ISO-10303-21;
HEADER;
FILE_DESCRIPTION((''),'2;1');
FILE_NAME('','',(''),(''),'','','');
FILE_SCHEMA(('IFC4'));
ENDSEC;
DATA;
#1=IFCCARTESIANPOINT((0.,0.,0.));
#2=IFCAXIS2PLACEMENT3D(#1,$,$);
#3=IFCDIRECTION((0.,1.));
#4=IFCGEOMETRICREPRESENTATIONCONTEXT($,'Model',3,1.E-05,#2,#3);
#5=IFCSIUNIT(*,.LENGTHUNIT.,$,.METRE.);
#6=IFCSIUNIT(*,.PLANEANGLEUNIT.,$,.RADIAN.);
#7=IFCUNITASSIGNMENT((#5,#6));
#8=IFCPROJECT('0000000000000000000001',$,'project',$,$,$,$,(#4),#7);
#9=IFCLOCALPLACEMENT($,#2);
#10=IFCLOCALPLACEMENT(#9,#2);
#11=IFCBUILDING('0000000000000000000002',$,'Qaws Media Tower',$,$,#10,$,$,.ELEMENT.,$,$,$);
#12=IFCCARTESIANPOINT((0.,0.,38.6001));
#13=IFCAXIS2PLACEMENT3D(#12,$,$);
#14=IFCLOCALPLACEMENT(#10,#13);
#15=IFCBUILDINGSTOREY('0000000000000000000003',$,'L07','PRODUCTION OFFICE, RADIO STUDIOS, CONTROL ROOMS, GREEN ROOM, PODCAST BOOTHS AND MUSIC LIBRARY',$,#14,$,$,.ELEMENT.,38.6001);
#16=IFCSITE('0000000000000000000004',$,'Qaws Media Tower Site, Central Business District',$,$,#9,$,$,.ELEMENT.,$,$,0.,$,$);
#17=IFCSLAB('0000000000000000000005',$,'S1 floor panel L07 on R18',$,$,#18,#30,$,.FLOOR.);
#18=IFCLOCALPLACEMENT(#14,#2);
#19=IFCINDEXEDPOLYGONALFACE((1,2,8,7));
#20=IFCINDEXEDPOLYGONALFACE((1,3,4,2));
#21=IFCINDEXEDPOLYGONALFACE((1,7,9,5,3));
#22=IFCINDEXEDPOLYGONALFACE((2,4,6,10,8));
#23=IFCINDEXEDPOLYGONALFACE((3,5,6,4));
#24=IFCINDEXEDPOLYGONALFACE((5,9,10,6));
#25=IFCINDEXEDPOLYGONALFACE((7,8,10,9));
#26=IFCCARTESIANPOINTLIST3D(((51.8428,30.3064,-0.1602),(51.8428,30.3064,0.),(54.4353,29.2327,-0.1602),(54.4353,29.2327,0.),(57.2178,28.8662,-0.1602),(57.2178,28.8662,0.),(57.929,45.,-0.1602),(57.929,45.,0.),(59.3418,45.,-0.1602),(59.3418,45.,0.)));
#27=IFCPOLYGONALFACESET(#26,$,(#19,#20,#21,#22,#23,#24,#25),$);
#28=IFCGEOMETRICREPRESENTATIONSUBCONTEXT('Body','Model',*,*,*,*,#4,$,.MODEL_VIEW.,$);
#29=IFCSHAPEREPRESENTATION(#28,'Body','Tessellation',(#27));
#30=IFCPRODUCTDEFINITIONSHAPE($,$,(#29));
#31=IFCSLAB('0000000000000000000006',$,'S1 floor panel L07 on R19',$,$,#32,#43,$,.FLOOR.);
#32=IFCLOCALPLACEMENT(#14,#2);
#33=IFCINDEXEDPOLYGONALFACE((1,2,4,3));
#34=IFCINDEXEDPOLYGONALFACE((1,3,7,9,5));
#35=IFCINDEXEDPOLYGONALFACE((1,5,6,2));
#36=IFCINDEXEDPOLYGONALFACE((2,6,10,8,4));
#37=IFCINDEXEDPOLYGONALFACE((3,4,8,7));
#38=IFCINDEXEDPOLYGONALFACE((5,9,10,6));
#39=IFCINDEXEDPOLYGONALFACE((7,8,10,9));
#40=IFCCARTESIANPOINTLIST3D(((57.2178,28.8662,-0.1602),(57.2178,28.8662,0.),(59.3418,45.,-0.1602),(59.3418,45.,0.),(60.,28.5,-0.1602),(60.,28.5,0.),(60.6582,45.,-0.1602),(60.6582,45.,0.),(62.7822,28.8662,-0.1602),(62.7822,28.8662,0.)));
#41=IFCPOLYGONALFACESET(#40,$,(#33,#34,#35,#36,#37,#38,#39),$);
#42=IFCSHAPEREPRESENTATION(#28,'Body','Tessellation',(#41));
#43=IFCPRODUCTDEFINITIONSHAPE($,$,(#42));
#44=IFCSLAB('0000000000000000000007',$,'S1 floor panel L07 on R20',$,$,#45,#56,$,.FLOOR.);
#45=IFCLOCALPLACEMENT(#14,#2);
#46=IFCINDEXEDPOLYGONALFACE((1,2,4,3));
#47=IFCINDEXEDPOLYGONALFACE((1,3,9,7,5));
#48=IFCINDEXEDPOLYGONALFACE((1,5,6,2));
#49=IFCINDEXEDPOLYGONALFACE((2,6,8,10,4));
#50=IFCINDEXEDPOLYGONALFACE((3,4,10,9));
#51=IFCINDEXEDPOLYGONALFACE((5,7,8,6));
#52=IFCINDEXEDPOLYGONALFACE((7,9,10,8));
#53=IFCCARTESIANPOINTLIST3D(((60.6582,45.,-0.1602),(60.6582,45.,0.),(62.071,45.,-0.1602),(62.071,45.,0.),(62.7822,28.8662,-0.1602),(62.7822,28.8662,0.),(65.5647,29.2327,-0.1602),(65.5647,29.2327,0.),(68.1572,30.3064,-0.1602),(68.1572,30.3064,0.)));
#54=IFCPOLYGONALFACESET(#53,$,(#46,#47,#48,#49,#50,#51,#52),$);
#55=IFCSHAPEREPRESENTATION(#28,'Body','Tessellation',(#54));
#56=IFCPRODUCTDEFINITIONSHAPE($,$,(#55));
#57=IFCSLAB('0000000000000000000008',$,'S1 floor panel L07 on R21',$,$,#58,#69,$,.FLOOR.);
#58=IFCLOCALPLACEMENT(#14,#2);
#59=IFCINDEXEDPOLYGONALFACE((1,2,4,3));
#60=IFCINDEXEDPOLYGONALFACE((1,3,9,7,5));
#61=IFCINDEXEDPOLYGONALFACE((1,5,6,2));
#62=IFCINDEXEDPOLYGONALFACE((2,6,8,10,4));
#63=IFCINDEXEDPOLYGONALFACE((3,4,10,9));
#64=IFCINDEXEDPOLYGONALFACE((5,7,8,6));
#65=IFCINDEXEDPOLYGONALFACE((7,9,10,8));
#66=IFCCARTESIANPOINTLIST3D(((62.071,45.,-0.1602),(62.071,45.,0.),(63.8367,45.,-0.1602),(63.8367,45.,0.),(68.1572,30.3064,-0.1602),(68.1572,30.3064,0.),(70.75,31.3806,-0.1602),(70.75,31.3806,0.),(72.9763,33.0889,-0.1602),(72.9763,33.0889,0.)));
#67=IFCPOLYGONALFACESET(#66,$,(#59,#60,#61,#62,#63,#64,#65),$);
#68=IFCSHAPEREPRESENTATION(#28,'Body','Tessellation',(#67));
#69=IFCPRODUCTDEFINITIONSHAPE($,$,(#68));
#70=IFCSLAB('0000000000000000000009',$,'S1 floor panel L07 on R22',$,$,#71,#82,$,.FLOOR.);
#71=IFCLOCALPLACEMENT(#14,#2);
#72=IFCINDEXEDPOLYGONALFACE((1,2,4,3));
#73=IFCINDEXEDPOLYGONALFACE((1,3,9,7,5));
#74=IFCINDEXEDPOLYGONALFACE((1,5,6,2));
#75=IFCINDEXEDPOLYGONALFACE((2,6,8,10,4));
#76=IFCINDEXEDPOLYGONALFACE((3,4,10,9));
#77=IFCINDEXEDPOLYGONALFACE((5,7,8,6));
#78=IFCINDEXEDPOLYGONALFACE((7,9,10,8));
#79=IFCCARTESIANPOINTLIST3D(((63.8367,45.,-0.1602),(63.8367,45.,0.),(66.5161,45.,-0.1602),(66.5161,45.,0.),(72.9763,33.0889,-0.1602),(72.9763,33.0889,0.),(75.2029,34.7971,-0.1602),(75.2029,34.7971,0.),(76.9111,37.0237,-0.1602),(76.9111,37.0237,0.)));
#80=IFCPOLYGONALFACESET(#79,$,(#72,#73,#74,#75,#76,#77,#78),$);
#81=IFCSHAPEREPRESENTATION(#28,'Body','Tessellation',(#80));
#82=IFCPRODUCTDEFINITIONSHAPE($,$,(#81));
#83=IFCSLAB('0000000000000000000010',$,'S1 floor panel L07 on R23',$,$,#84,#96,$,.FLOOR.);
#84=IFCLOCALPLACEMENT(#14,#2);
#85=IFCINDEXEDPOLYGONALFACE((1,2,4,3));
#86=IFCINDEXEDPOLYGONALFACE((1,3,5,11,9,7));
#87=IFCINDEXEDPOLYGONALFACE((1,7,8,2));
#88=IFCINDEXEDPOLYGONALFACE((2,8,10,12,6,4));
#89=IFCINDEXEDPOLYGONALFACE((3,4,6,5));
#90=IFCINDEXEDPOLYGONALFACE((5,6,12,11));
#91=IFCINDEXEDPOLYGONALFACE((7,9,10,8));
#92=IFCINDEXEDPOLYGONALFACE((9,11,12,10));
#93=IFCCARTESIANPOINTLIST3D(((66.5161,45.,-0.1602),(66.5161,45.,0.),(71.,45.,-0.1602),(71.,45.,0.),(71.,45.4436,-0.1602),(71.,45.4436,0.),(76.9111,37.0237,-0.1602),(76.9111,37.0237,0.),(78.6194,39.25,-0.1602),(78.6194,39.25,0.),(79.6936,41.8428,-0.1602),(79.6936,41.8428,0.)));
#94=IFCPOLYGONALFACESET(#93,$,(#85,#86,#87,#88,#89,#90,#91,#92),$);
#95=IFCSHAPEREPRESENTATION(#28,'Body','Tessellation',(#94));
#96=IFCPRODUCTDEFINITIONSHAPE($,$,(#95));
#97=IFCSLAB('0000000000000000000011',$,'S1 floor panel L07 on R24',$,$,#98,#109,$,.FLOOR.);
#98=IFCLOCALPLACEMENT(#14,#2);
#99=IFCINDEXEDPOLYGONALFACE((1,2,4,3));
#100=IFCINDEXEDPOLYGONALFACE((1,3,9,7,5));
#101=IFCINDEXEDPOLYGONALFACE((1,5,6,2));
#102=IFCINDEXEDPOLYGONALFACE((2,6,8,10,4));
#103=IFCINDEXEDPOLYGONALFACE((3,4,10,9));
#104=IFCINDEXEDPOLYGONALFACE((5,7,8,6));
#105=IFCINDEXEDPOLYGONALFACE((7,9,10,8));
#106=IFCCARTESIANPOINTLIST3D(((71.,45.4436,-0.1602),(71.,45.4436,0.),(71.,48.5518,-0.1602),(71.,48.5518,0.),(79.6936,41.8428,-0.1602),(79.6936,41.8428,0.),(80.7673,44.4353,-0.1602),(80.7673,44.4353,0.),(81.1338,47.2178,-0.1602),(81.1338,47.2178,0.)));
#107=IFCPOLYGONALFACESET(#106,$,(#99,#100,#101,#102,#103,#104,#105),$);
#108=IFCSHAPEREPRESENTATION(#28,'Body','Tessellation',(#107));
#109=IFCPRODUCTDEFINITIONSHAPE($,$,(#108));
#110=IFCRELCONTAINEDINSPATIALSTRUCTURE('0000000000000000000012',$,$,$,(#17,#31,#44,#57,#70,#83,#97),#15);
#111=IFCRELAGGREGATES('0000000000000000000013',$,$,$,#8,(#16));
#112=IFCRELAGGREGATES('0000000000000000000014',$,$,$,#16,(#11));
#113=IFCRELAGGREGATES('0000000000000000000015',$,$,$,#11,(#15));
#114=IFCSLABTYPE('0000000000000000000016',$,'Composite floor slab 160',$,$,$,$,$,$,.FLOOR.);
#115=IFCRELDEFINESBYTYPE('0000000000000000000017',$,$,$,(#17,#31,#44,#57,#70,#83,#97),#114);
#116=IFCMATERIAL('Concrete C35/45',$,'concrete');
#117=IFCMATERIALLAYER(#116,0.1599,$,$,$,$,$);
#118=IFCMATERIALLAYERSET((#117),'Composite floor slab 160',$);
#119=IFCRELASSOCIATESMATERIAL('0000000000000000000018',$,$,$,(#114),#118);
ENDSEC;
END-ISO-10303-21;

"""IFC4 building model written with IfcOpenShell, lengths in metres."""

from ifc_helpers import new_model, si_unit, direction, frame, origin, place, context, subcontext, project, spatial, polyline, outline, extrude, material, layer, layer_set, type_object, element, save


model = new_model("IFC4")

# Units and contexts
model_context = context("Model", 3, precision=1e-05, world=origin(), true_north=direction((0.0, 1.0)))
body_context = subcontext(model_context, "Body", "Model", "MODEL_VIEW")
ifc_project = project(units=[si_unit("LENGTHUNIT", "METRE"), si_unit("PLANEANGLEUNIT", "RADIAN")], contexts=[model_context])

# Site, building, storey
site_placement = place(None, origin())
site = spatial("IfcSite", under=ifc_project, at=site_placement, Name="Qaws Media Tower Site, Central Business District", CompositionType="ELEMENT", RefElevation=0.0)
building_placement = place(site_placement, origin())
building = spatial("IfcBuilding", under=site, at=building_placement, Name="Qaws Media Tower", CompositionType="ELEMENT")
storey_placement = place(building_placement, frame((0.0, 0.0, 38.6001)))
storey = spatial("IfcBuildingStorey", under=building, at=storey_placement, Name="L07", Description="PRODUCTION OFFICE, RADIO STUDIOS, CONTROL ROOMS, GREEN ROOM, PODCAST BOOTHS AND MUSIC LIBRARY", CompositionType="ELEMENT", Elevation=38.6001)

# Slabs
ifc_material_1 = material(Name="Concrete C35/45", Category="concrete")
ifc_layer_1 = layer(ifc_material_1, 0.1599)
ifc_layer_set_1 = layer_set([ifc_layer_1], Name="Composite floor slab 160")
slab_type_1 = type_object("IfcSlabType", Name="Composite floor slab 160", PredefinedType="FLOOR", material=ifc_layer_set_1)
slab_1_placement = place(storey_placement, frame((0.0, 0.0, -0.1602)))
element("IfcSlab", 1, at=slab_1_placement, inside=storey, type_object=slab_type_1, Name="S1 floor panel L07 on R18", PredefinedType="FLOOR", context=body_context, shape_type="SweptSolid", body=[
    extrude(outline(polyline([(54.4353, 29.2327), (51.8428, 30.3064), (57.929, 45.0), (59.3418, 45.0), (57.2178, 28.8662), (54.4353, 29.2327)])), origin(), (0.0, 0.0, 1.0), 0.1602),
])
slab_2_placement = place(storey_placement, frame((0.0, 0.0, -0.1602)))
element("IfcSlab", 2, at=slab_2_placement, inside=storey, type_object=slab_type_1, Name="S1 floor panel L07 on R19", PredefinedType="FLOOR", context=body_context, shape_type="SweptSolid", body=[
    extrude(outline(polyline([(60.0, 28.5), (57.2178, 28.8662), (59.3418, 45.0), (60.6582, 45.0), (62.7822, 28.8662), (60.0, 28.5)])), origin(), (0.0, 0.0, 1.0), 0.1602),
])
slab_3_placement = place(storey_placement, frame((0.0, 0.0, -0.1602)))
element("IfcSlab", 3, at=slab_3_placement, inside=storey, type_object=slab_type_1, Name="S1 floor panel L07 on R20", PredefinedType="FLOOR", context=body_context, shape_type="SweptSolid", body=[
    extrude(outline(polyline([(65.5647, 29.2327), (62.7822, 28.8662), (60.6582, 45.0), (62.071, 45.0), (68.1572, 30.3064), (65.5647, 29.2327)])), origin(), (0.0, 0.0, 1.0), 0.1602),
])
slab_4_placement = place(storey_placement, frame((0.0, 0.0, -0.1602)))
element("IfcSlab", 4, at=slab_4_placement, inside=storey, type_object=slab_type_1, Name="S1 floor panel L07 on R21", PredefinedType="FLOOR", context=body_context, shape_type="SweptSolid", body=[
    extrude(outline(polyline([(70.75, 31.3806), (68.1572, 30.3064), (62.071, 45.0), (63.8367, 45.0), (72.9763, 33.0889), (70.75, 31.3806)])), origin(), (0.0, 0.0, 1.0), 0.1602),
])
slab_5_placement = place(storey_placement, frame((0.0, 0.0, -0.1602)))
element("IfcSlab", 5, at=slab_5_placement, inside=storey, type_object=slab_type_1, Name="S1 floor panel L07 on R22", PredefinedType="FLOOR", context=body_context, shape_type="SweptSolid", body=[
    extrude(outline(polyline([(75.2029, 34.7971), (72.9763, 33.0889), (63.8367, 45.0), (66.5161, 45.0), (76.9111, 37.0237), (75.2029, 34.7971)])), origin(), (0.0, 0.0, 1.0), 0.1602),
])
slab_6_placement = place(storey_placement, frame((0.0, 0.0, -0.1602)))
element("IfcSlab", 6, at=slab_6_placement, inside=storey, type_object=slab_type_1, Name="S1 floor panel L07 on R23", PredefinedType="FLOOR", context=body_context, shape_type="SweptSolid", body=[
    extrude(outline(polyline([(78.6194, 39.25), (76.9111, 37.0237), (66.5161, 45.0), (71.0, 45.0), (71.0, 45.4436), (79.6936, 41.8428), (78.6194, 39.25)])), origin(), (0.0, 0.0, 1.0), 0.1602),
])
slab_7_placement = place(storey_placement, frame((0.0, 0.0, -0.1602)))
element("IfcSlab", 7, at=slab_7_placement, inside=storey, type_object=slab_type_1, Name="S1 floor panel L07 on R24", PredefinedType="FLOOR", context=body_context, shape_type="SweptSolid", body=[
    extrude(outline(polyline([(79.6936, 41.8428), (71.0, 45.4436), (71.0, 48.5518), (81.1338, 47.2178), (80.7673, 44.4353), (79.6936, 41.8428)])), origin(), (0.0, 0.0, 1.0), 0.1602),
])

save(model, "model.ifc")
